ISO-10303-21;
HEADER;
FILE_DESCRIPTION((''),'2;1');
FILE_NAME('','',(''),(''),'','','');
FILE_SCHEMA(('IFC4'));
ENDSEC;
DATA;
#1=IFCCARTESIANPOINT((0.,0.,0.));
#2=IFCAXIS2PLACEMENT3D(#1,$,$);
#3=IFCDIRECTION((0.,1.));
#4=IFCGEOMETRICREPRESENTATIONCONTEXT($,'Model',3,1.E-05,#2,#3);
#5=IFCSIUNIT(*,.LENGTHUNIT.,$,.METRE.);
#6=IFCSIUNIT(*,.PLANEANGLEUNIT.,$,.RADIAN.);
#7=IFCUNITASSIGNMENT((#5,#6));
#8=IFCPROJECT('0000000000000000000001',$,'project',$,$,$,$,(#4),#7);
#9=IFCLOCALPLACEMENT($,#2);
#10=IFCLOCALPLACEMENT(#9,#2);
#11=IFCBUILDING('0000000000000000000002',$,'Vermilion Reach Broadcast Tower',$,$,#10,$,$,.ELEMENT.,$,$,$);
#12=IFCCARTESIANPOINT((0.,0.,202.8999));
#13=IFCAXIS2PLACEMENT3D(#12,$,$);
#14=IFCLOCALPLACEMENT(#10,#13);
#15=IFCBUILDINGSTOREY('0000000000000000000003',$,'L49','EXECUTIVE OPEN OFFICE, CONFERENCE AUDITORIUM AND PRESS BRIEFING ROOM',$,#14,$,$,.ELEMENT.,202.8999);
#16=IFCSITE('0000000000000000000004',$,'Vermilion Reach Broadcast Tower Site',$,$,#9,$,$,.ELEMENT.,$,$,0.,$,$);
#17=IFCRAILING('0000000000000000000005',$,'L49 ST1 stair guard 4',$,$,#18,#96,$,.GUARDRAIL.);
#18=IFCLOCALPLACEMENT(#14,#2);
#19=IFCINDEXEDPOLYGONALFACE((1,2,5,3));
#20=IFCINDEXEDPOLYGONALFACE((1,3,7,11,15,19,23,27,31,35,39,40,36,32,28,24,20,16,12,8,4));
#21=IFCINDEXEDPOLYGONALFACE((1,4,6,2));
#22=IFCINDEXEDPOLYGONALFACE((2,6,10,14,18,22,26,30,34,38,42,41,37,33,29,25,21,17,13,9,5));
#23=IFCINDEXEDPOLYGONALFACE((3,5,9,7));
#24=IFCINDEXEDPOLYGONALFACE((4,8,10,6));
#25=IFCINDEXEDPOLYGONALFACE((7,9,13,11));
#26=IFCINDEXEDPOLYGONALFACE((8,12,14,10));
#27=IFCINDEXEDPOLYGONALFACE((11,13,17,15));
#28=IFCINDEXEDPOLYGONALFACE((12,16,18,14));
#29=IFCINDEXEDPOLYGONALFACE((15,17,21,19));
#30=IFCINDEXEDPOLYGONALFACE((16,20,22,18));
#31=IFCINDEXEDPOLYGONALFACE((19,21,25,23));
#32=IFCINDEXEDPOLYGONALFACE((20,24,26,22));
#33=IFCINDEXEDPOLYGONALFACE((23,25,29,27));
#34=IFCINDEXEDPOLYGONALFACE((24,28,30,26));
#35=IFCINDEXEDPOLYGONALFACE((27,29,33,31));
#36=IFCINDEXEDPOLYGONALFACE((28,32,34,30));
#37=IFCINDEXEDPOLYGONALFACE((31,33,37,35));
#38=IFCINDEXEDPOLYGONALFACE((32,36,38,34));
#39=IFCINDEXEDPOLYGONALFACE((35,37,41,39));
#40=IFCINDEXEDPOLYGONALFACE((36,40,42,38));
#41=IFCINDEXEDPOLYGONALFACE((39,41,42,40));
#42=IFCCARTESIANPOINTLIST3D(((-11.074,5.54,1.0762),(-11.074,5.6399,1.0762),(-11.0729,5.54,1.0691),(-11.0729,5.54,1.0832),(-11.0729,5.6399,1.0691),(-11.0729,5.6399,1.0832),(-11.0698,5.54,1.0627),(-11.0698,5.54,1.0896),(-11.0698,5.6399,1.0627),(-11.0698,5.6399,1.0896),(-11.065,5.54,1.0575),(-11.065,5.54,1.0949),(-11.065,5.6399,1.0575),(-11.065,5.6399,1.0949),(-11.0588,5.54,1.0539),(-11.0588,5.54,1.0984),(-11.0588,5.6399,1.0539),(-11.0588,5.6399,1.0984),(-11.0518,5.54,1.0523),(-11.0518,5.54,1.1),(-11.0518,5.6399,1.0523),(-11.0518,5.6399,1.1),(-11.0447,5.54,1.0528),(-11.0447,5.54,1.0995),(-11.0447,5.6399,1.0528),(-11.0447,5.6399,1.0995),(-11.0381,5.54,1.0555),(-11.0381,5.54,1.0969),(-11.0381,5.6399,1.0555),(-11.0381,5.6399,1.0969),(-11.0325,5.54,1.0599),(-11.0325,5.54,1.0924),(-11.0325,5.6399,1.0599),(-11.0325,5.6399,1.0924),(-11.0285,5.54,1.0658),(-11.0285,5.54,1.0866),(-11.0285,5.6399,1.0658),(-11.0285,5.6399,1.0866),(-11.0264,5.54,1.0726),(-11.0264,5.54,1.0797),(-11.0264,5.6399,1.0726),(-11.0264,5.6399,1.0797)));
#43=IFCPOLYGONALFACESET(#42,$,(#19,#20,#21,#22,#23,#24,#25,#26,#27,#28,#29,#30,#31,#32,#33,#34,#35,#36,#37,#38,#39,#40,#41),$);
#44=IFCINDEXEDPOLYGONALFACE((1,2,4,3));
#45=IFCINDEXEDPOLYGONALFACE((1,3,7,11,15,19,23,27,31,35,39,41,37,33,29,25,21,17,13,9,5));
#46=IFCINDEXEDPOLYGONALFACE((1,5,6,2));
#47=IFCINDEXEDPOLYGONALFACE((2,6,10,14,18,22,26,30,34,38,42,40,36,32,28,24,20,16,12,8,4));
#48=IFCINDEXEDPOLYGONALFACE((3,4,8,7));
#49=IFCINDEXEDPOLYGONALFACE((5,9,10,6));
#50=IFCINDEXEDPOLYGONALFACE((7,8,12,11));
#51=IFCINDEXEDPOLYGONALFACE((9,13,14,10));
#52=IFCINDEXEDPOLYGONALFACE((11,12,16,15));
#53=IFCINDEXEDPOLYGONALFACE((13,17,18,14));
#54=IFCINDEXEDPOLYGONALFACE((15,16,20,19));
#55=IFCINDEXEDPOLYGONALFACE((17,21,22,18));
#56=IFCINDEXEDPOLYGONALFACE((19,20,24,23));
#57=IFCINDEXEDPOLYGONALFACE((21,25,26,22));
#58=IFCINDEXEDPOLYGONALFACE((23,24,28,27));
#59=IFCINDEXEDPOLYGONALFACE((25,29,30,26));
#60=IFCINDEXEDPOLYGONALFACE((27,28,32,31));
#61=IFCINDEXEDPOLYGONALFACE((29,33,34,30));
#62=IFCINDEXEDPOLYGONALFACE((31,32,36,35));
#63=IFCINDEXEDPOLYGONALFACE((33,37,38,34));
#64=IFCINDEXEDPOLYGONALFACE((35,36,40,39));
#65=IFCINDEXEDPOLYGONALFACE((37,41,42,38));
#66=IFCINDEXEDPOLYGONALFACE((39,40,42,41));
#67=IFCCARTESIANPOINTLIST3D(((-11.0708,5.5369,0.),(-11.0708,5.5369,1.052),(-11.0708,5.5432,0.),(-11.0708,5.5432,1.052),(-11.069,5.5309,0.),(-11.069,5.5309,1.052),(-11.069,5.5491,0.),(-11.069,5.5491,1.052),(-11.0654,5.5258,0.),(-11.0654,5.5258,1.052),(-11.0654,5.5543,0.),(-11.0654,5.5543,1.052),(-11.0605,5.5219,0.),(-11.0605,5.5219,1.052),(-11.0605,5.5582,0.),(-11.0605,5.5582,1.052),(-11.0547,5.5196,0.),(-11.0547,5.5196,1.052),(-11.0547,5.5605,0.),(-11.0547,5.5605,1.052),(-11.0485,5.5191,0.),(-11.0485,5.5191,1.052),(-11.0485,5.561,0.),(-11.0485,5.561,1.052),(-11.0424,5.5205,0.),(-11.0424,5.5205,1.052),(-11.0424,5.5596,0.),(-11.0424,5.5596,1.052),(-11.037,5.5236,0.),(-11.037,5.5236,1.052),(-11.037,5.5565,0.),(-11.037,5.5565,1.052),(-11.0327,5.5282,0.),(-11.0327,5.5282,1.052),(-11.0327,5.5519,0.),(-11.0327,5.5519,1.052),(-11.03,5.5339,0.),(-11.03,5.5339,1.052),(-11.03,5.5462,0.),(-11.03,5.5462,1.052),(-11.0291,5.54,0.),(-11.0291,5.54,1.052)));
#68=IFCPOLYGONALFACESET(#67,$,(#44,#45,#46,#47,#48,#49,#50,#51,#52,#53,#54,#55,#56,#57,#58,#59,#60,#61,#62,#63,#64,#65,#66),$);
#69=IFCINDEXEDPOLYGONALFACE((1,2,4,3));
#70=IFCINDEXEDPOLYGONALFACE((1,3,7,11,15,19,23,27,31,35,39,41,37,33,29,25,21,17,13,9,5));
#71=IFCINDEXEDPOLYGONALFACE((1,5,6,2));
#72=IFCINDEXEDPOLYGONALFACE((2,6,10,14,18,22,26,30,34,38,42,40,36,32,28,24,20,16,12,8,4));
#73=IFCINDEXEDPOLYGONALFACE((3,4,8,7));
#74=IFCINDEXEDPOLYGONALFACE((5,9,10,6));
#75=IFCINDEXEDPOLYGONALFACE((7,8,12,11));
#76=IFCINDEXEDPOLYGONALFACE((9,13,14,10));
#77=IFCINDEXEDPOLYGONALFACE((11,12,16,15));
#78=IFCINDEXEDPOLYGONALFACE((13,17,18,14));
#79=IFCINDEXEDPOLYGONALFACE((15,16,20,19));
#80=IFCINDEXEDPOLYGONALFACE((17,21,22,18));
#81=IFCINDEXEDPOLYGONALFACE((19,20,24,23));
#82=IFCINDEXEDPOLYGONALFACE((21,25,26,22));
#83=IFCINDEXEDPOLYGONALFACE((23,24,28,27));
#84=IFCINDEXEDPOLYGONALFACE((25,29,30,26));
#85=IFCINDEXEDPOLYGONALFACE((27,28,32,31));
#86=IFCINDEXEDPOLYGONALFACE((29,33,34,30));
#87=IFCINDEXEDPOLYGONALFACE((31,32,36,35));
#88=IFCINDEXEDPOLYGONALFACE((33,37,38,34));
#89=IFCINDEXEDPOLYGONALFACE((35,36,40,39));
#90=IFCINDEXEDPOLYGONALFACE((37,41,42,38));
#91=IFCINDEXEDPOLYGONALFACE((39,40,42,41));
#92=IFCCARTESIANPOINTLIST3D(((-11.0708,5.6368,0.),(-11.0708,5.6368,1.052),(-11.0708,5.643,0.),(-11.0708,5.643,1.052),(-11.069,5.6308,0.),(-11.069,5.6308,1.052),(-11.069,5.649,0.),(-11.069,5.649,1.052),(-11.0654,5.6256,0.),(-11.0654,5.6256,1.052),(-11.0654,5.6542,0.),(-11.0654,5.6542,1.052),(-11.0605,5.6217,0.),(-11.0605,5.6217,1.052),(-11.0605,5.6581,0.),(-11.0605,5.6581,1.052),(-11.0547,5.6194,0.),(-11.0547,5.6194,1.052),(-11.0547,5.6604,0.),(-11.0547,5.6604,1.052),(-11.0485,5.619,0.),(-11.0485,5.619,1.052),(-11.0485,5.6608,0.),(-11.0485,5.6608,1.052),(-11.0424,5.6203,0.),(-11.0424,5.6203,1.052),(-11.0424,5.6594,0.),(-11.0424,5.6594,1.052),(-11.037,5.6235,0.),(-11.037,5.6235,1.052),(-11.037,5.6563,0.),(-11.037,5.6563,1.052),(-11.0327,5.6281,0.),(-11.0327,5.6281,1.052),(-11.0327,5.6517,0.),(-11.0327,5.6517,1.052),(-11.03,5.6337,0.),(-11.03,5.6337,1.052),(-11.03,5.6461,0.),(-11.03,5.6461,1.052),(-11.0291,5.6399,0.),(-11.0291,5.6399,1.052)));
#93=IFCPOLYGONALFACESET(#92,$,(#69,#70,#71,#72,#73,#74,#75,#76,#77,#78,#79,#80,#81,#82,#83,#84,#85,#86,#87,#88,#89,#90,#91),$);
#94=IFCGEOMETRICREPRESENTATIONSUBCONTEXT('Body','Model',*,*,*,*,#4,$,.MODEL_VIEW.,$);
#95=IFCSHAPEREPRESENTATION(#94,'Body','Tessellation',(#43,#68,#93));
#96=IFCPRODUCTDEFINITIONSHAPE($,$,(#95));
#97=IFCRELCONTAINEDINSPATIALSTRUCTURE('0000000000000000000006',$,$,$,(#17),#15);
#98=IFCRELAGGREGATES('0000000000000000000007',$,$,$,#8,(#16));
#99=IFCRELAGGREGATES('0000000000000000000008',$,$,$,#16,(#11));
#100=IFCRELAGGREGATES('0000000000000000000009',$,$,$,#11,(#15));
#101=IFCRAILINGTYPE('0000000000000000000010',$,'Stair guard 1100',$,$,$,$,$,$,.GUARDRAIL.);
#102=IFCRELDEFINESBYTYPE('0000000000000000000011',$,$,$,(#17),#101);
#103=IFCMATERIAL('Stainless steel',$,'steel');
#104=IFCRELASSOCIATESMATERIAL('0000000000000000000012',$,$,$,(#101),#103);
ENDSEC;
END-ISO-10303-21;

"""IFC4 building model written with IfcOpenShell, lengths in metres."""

from ifc_helpers import new_model, si_unit, direction, frame, origin, origin_2d, place, context, subcontext, project, spatial, circle, extrude, material, type_object, element, save


model = new_model("IFC4")

# Units and contexts
model_context = context("Model", 3, precision=1e-05, world=origin(), true_north=direction((0.0, 1.0)))
body_context = subcontext(model_context, "Body", "Model", "MODEL_VIEW")
ifc_project = project(units=[si_unit("LENGTHUNIT", "METRE"), si_unit("PLANEANGLEUNIT", "RADIAN")], contexts=[model_context])

# Site, building, storey
site_placement = place(None, origin())
site = spatial("IfcSite", under=ifc_project, at=site_placement, Name="Vermilion Reach Broadcast Tower Site", CompositionType="ELEMENT", RefElevation=0.0)
building_placement = place(site_placement, origin())
building = spatial("IfcBuilding", under=site, at=building_placement, Name="Vermilion Reach Broadcast Tower", CompositionType="ELEMENT")
storey_placement = place(building_placement, frame((0.0, 0.0, 202.8999)))
storey = spatial("IfcBuildingStorey", under=building, at=storey_placement, Name="L49", Description="EXECUTIVE OPEN OFFICE, CONFERENCE AUDITORIUM AND PRESS BRIEFING ROOM", CompositionType="ELEMENT", Elevation=202.8999)

# Railing
ifc_material_1 = material(Name="Stainless steel", Category="steel")
railing_type_1 = type_object("IfcRailingType", Name="Stair guard 1100", PredefinedType="GUARDRAIL", material=ifc_material_1)
railing_1_placement = place(storey_placement, frame((-11.05, 5.54, 0.0)))
element("IfcRailing", 1, at=railing_1_placement, inside=storey, type_object=railing_type_1, Name="L49 ST1 stair guard 4", PredefinedType="GUARDRAIL", context=body_context, shape_type="SweptSolid", body=[
    extrude(circle(Radius=0.0239, at=origin_2d()), frame((0.0, 0.0, 1.0762), z_axis=(0.0, 1.0, 0.0), x_axis=(-1.0, 0.0, 0.0)), (0.0, 0.0, 1.0), 0.0999),
    extrude(circle(Radius=0.021, at=origin_2d()), origin(), (0.0, 0.0, 1.0), 1.052),
    extrude(circle(Radius=0.021, at=origin_2d()), frame((0.0, 0.0999, 0.0)), (0.0, 0.0, 1.0), 1.052),
])

save(model, "model.ifc")
